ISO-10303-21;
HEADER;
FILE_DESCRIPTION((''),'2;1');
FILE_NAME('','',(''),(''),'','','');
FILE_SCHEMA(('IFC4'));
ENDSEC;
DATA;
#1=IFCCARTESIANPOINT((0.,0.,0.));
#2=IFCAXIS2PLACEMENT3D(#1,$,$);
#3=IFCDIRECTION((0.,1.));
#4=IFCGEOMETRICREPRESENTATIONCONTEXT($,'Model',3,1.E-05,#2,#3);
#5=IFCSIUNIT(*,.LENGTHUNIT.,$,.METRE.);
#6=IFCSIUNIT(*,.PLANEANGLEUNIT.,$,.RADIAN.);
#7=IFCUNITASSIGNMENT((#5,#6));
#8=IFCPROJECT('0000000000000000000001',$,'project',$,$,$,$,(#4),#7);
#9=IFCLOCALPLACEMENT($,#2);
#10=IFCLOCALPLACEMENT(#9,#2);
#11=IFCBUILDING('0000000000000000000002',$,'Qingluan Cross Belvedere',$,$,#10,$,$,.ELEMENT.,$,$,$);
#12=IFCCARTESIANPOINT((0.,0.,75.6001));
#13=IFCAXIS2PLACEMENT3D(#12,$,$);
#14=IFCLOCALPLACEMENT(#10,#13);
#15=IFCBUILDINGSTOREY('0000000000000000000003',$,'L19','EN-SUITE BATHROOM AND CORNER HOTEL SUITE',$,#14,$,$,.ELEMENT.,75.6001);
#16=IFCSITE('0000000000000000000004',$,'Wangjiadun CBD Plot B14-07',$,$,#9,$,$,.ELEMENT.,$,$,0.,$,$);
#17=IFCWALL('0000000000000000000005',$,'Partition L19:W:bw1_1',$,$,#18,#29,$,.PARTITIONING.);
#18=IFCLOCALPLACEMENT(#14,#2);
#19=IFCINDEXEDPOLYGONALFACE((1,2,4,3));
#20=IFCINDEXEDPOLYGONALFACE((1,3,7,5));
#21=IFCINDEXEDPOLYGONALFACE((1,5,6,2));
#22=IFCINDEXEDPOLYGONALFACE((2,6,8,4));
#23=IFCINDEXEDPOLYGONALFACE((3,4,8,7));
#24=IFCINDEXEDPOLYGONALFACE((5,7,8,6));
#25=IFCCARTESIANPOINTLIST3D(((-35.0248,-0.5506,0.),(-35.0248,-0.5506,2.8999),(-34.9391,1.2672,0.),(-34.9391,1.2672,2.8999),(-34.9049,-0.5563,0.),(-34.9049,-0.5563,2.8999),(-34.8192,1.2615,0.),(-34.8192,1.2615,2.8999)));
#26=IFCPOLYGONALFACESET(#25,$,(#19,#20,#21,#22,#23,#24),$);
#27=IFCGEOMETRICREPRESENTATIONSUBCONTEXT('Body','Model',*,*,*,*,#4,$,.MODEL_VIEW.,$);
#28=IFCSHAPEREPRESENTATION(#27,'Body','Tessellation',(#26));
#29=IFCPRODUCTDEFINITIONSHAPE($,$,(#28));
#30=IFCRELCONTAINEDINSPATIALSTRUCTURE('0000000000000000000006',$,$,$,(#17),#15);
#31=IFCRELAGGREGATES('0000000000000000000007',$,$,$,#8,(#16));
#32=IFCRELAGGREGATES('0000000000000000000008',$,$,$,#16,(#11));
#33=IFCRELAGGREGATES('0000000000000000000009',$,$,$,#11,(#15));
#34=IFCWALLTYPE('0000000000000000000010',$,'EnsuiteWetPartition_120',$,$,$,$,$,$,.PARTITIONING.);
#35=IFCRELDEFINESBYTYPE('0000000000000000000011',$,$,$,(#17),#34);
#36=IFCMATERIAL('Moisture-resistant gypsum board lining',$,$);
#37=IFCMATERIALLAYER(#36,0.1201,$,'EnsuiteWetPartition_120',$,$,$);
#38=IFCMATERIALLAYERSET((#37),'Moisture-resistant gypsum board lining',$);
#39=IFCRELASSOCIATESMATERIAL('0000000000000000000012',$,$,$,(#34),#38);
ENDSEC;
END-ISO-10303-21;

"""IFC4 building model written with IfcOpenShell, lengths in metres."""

from ifc_helpers import new_model, si_unit, direction, frame, frame_2d, origin, place, context, subcontext, project, spatial, rectangle, extrude, material, layer, layer_set, type_object, element, save


model = new_model("IFC4")

# Units and contexts
model_context = context("Model", 3, precision=1e-05, world=origin(), true_north=direction((0.0, 1.0)))
body_context = subcontext(model_context, "Body", "Model", "MODEL_VIEW")
ifc_project = project(units=[si_unit("LENGTHUNIT", "METRE"), si_unit("PLANEANGLEUNIT", "RADIAN")], contexts=[model_context])

# Site, building, storey
site_placement = place(None, origin())
site = spatial("IfcSite", under=ifc_project, at=site_placement, Name="Wangjiadun CBD Plot B14-07", CompositionType="ELEMENT", RefElevation=0.0)
building_placement = place(site_placement, origin())
building = spatial("IfcBuilding", under=site, at=building_placement, Name="Qingluan Cross Belvedere", CompositionType="ELEMENT")
storey_placement = place(building_placement, frame((0.0, 0.0, 75.6001)))
storey = spatial("IfcBuildingStorey", under=building, at=storey_placement, Name="L19", Description="EN-SUITE BATHROOM AND CORNER HOTEL SUITE", CompositionType="ELEMENT", Elevation=75.6001)

# Shared definitions
ifc_material_1 = material(Name="Moisture-resistant gypsum board lining")
ifc_layer_1 = layer(ifc_material_1, 0.1201, Name="EnsuiteWetPartition_120")
ifc_layer_set_1 = layer_set([ifc_layer_1], Name="Moisture-resistant gypsum board lining")
wall_type_1 = type_object("IfcWallType", Name="EnsuiteWetPartition_120", PredefinedType="PARTITIONING", material=ifc_layer_set_1)

# Wall
wall_1_placement = place(storey_placement, frame((-34.9648, -0.5535, 0.0), z_axis=(0.0, 0.0, 1.0), x_axis=(0.047087, 0.998891, 0.0)))
element("IfcWall", 1, at=wall_1_placement, inside=storey, type_object=wall_type_1, Name="Partition L19:W:bw1_1", PredefinedType="PARTITIONING", context=body_context, shape_type="SweptSolid", body=[
    extrude(rectangle(XDim=1.8198, YDim=0.1201, at=frame_2d((0.9099, 0.0))), origin(), (0.0, 0.0, 1.0), 2.8999),
])

save(model, "model.ifc")
